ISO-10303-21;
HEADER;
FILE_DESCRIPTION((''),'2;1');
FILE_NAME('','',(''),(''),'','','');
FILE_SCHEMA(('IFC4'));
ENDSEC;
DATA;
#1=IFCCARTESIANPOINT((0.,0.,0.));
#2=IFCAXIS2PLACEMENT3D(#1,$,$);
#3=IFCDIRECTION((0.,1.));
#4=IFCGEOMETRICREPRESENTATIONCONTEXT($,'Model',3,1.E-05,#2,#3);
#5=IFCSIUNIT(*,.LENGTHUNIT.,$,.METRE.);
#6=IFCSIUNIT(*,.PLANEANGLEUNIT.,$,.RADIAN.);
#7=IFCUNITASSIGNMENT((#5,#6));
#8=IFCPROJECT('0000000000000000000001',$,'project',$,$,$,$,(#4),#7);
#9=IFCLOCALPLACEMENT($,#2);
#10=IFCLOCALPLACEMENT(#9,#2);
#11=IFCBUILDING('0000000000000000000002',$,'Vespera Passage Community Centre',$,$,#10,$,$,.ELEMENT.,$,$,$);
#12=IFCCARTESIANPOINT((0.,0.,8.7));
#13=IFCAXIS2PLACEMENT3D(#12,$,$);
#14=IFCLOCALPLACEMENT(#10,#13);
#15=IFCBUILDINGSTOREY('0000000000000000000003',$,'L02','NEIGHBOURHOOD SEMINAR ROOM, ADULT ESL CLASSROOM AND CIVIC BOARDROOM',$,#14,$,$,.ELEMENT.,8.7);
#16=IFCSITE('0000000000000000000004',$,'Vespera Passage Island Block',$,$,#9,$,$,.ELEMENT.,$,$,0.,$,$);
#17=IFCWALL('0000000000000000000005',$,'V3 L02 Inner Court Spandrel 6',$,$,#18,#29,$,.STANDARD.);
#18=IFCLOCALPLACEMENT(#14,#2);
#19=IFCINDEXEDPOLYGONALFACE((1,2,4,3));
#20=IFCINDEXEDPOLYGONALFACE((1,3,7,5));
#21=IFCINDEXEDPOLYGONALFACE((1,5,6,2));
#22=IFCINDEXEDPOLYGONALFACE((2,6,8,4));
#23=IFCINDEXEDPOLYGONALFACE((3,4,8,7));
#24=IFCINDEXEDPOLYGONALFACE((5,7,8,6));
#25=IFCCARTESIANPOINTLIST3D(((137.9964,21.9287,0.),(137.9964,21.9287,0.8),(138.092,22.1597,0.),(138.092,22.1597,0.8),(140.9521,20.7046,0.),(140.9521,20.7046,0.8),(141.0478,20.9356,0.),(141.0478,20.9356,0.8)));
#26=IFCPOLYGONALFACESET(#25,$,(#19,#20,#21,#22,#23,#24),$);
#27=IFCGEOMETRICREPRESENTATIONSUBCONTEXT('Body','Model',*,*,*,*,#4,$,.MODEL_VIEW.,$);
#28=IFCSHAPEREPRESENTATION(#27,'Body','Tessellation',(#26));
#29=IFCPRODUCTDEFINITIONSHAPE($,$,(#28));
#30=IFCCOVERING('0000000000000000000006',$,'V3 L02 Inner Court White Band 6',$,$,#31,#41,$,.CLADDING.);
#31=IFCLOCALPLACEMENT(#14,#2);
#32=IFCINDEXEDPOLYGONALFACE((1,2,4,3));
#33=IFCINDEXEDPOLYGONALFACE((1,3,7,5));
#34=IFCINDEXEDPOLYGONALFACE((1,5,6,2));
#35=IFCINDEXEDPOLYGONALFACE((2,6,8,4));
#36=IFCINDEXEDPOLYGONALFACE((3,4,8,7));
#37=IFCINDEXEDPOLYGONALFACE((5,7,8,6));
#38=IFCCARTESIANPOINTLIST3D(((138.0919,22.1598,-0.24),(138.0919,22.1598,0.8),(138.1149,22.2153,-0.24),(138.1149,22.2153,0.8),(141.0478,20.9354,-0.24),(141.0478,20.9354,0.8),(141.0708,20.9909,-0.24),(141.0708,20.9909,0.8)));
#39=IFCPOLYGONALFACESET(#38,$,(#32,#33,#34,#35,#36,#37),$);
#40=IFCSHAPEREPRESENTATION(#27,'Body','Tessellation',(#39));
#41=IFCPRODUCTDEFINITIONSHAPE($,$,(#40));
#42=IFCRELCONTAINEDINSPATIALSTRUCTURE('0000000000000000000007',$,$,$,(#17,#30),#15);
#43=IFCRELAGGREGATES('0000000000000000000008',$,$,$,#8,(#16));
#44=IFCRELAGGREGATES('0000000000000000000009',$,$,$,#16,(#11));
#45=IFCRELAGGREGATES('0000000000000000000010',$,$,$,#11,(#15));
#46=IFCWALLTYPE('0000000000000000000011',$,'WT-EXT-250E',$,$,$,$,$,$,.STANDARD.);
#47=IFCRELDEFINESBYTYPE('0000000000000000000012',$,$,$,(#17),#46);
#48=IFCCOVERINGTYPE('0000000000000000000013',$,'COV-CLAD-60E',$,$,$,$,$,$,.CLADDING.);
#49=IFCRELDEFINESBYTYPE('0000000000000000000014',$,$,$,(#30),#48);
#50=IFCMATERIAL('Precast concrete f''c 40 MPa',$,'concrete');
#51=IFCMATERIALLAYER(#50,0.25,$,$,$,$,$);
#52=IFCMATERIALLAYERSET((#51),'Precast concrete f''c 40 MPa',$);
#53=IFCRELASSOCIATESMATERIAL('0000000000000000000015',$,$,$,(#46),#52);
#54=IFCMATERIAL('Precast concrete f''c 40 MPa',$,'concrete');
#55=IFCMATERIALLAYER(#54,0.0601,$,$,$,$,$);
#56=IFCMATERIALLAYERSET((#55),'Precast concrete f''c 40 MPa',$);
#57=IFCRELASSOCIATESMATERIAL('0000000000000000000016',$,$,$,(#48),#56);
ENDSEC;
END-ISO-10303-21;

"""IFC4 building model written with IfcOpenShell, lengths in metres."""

from ifc_helpers import new_model, si_unit, direction, frame, frame_2d, origin, place, context, subcontext, project, spatial, rectangle, extrude, material, layer, layer_set, type_object, element, save


model = new_model("IFC4")

# Units and contexts
model_context = context("Model", 3, precision=1e-05, world=origin(), true_north=direction((0.0, 1.0)))
body_context = subcontext(model_context, "Body", "Model", "MODEL_VIEW")
ifc_project = project(units=[si_unit("LENGTHUNIT", "METRE"), si_unit("PLANEANGLEUNIT", "RADIAN")], contexts=[model_context])

# Site, building, storey
site_placement = place(None, origin())
site = spatial("IfcSite", under=ifc_project, at=site_placement, Name="Vespera Passage Island Block", CompositionType="ELEMENT", RefElevation=0.0)
building_placement = place(site_placement, origin())
building = spatial("IfcBuilding", under=site, at=building_placement, Name="Vespera Passage Community Centre", CompositionType="ELEMENT")
storey_placement = place(building_placement, frame((0.0, 0.0, 8.7)))
storey = spatial("IfcBuildingStorey", under=building, at=storey_placement, Name="L02", Description="NEIGHBOURHOOD SEMINAR ROOM, ADULT ESL CLASSROOM AND CIVIC BOARDROOM", CompositionType="ELEMENT", Elevation=8.7)

# Wall
ifc_material_1 = material(Name="Precast concrete f'c 40 MPa", Category="concrete")
ifc_layer_1 = layer(ifc_material_1, 0.25)
ifc_layer_set_1 = layer_set([ifc_layer_1], Name="Precast concrete f'c 40 MPa")
wall_type = type_object("IfcWallType", Name="WT-EXT-250E", PredefinedType="STANDARD", material=ifc_layer_set_1)
wall_placement = place(storey_placement, frame((138.0442, 22.0442, 0.0), z_axis=(0.0, 0.0, 1.0), x_axis=(0.923903, -0.382626, 0.0)))
element("IfcWall", 1, at=wall_placement, inside=storey, type_object=wall_type, Name="V3 L02 Inner Court Spandrel 6", PredefinedType="STANDARD", context=body_context, shape_type="SweptSolid", body=[
    extrude(rectangle(XDim=3.1992, YDim=0.25, at=frame_2d((1.5996, 0.0))), origin(), (0.0, 0.0, 1.0), 0.8),
])

# Covering
ifc_material_2 = material(Name="Precast concrete f'c 40 MPa", Category="concrete")
ifc_layer_2 = layer(ifc_material_2, 0.0601)
ifc_layer_set_2 = layer_set([ifc_layer_2], Name="Precast concrete f'c 40 MPa")
covering_type = type_object("IfcCoveringType", Name="COV-CLAD-60E", PredefinedType="CLADDING", material=ifc_layer_set_2)
covering_placement = place(storey_placement, frame((138.1035, 22.1875, -0.24), z_axis=(0.0, 0.0, 1.0), x_axis=(0.923876, -0.382691, 0.0)))
element("IfcCovering", 2, at=covering_placement, inside=storey, type_object=covering_type, Name="V3 L02 Inner Court White Band 6", PredefinedType="CLADDING", context=body_context, shape_type="SweptSolid", body=[
    extrude(rectangle(XDim=3.1995, YDim=0.0601, at=frame_2d((1.5996, 0.0))), origin(), (0.0, 0.0, 1.0), 1.04),
])

save(model, "model.ifc")
